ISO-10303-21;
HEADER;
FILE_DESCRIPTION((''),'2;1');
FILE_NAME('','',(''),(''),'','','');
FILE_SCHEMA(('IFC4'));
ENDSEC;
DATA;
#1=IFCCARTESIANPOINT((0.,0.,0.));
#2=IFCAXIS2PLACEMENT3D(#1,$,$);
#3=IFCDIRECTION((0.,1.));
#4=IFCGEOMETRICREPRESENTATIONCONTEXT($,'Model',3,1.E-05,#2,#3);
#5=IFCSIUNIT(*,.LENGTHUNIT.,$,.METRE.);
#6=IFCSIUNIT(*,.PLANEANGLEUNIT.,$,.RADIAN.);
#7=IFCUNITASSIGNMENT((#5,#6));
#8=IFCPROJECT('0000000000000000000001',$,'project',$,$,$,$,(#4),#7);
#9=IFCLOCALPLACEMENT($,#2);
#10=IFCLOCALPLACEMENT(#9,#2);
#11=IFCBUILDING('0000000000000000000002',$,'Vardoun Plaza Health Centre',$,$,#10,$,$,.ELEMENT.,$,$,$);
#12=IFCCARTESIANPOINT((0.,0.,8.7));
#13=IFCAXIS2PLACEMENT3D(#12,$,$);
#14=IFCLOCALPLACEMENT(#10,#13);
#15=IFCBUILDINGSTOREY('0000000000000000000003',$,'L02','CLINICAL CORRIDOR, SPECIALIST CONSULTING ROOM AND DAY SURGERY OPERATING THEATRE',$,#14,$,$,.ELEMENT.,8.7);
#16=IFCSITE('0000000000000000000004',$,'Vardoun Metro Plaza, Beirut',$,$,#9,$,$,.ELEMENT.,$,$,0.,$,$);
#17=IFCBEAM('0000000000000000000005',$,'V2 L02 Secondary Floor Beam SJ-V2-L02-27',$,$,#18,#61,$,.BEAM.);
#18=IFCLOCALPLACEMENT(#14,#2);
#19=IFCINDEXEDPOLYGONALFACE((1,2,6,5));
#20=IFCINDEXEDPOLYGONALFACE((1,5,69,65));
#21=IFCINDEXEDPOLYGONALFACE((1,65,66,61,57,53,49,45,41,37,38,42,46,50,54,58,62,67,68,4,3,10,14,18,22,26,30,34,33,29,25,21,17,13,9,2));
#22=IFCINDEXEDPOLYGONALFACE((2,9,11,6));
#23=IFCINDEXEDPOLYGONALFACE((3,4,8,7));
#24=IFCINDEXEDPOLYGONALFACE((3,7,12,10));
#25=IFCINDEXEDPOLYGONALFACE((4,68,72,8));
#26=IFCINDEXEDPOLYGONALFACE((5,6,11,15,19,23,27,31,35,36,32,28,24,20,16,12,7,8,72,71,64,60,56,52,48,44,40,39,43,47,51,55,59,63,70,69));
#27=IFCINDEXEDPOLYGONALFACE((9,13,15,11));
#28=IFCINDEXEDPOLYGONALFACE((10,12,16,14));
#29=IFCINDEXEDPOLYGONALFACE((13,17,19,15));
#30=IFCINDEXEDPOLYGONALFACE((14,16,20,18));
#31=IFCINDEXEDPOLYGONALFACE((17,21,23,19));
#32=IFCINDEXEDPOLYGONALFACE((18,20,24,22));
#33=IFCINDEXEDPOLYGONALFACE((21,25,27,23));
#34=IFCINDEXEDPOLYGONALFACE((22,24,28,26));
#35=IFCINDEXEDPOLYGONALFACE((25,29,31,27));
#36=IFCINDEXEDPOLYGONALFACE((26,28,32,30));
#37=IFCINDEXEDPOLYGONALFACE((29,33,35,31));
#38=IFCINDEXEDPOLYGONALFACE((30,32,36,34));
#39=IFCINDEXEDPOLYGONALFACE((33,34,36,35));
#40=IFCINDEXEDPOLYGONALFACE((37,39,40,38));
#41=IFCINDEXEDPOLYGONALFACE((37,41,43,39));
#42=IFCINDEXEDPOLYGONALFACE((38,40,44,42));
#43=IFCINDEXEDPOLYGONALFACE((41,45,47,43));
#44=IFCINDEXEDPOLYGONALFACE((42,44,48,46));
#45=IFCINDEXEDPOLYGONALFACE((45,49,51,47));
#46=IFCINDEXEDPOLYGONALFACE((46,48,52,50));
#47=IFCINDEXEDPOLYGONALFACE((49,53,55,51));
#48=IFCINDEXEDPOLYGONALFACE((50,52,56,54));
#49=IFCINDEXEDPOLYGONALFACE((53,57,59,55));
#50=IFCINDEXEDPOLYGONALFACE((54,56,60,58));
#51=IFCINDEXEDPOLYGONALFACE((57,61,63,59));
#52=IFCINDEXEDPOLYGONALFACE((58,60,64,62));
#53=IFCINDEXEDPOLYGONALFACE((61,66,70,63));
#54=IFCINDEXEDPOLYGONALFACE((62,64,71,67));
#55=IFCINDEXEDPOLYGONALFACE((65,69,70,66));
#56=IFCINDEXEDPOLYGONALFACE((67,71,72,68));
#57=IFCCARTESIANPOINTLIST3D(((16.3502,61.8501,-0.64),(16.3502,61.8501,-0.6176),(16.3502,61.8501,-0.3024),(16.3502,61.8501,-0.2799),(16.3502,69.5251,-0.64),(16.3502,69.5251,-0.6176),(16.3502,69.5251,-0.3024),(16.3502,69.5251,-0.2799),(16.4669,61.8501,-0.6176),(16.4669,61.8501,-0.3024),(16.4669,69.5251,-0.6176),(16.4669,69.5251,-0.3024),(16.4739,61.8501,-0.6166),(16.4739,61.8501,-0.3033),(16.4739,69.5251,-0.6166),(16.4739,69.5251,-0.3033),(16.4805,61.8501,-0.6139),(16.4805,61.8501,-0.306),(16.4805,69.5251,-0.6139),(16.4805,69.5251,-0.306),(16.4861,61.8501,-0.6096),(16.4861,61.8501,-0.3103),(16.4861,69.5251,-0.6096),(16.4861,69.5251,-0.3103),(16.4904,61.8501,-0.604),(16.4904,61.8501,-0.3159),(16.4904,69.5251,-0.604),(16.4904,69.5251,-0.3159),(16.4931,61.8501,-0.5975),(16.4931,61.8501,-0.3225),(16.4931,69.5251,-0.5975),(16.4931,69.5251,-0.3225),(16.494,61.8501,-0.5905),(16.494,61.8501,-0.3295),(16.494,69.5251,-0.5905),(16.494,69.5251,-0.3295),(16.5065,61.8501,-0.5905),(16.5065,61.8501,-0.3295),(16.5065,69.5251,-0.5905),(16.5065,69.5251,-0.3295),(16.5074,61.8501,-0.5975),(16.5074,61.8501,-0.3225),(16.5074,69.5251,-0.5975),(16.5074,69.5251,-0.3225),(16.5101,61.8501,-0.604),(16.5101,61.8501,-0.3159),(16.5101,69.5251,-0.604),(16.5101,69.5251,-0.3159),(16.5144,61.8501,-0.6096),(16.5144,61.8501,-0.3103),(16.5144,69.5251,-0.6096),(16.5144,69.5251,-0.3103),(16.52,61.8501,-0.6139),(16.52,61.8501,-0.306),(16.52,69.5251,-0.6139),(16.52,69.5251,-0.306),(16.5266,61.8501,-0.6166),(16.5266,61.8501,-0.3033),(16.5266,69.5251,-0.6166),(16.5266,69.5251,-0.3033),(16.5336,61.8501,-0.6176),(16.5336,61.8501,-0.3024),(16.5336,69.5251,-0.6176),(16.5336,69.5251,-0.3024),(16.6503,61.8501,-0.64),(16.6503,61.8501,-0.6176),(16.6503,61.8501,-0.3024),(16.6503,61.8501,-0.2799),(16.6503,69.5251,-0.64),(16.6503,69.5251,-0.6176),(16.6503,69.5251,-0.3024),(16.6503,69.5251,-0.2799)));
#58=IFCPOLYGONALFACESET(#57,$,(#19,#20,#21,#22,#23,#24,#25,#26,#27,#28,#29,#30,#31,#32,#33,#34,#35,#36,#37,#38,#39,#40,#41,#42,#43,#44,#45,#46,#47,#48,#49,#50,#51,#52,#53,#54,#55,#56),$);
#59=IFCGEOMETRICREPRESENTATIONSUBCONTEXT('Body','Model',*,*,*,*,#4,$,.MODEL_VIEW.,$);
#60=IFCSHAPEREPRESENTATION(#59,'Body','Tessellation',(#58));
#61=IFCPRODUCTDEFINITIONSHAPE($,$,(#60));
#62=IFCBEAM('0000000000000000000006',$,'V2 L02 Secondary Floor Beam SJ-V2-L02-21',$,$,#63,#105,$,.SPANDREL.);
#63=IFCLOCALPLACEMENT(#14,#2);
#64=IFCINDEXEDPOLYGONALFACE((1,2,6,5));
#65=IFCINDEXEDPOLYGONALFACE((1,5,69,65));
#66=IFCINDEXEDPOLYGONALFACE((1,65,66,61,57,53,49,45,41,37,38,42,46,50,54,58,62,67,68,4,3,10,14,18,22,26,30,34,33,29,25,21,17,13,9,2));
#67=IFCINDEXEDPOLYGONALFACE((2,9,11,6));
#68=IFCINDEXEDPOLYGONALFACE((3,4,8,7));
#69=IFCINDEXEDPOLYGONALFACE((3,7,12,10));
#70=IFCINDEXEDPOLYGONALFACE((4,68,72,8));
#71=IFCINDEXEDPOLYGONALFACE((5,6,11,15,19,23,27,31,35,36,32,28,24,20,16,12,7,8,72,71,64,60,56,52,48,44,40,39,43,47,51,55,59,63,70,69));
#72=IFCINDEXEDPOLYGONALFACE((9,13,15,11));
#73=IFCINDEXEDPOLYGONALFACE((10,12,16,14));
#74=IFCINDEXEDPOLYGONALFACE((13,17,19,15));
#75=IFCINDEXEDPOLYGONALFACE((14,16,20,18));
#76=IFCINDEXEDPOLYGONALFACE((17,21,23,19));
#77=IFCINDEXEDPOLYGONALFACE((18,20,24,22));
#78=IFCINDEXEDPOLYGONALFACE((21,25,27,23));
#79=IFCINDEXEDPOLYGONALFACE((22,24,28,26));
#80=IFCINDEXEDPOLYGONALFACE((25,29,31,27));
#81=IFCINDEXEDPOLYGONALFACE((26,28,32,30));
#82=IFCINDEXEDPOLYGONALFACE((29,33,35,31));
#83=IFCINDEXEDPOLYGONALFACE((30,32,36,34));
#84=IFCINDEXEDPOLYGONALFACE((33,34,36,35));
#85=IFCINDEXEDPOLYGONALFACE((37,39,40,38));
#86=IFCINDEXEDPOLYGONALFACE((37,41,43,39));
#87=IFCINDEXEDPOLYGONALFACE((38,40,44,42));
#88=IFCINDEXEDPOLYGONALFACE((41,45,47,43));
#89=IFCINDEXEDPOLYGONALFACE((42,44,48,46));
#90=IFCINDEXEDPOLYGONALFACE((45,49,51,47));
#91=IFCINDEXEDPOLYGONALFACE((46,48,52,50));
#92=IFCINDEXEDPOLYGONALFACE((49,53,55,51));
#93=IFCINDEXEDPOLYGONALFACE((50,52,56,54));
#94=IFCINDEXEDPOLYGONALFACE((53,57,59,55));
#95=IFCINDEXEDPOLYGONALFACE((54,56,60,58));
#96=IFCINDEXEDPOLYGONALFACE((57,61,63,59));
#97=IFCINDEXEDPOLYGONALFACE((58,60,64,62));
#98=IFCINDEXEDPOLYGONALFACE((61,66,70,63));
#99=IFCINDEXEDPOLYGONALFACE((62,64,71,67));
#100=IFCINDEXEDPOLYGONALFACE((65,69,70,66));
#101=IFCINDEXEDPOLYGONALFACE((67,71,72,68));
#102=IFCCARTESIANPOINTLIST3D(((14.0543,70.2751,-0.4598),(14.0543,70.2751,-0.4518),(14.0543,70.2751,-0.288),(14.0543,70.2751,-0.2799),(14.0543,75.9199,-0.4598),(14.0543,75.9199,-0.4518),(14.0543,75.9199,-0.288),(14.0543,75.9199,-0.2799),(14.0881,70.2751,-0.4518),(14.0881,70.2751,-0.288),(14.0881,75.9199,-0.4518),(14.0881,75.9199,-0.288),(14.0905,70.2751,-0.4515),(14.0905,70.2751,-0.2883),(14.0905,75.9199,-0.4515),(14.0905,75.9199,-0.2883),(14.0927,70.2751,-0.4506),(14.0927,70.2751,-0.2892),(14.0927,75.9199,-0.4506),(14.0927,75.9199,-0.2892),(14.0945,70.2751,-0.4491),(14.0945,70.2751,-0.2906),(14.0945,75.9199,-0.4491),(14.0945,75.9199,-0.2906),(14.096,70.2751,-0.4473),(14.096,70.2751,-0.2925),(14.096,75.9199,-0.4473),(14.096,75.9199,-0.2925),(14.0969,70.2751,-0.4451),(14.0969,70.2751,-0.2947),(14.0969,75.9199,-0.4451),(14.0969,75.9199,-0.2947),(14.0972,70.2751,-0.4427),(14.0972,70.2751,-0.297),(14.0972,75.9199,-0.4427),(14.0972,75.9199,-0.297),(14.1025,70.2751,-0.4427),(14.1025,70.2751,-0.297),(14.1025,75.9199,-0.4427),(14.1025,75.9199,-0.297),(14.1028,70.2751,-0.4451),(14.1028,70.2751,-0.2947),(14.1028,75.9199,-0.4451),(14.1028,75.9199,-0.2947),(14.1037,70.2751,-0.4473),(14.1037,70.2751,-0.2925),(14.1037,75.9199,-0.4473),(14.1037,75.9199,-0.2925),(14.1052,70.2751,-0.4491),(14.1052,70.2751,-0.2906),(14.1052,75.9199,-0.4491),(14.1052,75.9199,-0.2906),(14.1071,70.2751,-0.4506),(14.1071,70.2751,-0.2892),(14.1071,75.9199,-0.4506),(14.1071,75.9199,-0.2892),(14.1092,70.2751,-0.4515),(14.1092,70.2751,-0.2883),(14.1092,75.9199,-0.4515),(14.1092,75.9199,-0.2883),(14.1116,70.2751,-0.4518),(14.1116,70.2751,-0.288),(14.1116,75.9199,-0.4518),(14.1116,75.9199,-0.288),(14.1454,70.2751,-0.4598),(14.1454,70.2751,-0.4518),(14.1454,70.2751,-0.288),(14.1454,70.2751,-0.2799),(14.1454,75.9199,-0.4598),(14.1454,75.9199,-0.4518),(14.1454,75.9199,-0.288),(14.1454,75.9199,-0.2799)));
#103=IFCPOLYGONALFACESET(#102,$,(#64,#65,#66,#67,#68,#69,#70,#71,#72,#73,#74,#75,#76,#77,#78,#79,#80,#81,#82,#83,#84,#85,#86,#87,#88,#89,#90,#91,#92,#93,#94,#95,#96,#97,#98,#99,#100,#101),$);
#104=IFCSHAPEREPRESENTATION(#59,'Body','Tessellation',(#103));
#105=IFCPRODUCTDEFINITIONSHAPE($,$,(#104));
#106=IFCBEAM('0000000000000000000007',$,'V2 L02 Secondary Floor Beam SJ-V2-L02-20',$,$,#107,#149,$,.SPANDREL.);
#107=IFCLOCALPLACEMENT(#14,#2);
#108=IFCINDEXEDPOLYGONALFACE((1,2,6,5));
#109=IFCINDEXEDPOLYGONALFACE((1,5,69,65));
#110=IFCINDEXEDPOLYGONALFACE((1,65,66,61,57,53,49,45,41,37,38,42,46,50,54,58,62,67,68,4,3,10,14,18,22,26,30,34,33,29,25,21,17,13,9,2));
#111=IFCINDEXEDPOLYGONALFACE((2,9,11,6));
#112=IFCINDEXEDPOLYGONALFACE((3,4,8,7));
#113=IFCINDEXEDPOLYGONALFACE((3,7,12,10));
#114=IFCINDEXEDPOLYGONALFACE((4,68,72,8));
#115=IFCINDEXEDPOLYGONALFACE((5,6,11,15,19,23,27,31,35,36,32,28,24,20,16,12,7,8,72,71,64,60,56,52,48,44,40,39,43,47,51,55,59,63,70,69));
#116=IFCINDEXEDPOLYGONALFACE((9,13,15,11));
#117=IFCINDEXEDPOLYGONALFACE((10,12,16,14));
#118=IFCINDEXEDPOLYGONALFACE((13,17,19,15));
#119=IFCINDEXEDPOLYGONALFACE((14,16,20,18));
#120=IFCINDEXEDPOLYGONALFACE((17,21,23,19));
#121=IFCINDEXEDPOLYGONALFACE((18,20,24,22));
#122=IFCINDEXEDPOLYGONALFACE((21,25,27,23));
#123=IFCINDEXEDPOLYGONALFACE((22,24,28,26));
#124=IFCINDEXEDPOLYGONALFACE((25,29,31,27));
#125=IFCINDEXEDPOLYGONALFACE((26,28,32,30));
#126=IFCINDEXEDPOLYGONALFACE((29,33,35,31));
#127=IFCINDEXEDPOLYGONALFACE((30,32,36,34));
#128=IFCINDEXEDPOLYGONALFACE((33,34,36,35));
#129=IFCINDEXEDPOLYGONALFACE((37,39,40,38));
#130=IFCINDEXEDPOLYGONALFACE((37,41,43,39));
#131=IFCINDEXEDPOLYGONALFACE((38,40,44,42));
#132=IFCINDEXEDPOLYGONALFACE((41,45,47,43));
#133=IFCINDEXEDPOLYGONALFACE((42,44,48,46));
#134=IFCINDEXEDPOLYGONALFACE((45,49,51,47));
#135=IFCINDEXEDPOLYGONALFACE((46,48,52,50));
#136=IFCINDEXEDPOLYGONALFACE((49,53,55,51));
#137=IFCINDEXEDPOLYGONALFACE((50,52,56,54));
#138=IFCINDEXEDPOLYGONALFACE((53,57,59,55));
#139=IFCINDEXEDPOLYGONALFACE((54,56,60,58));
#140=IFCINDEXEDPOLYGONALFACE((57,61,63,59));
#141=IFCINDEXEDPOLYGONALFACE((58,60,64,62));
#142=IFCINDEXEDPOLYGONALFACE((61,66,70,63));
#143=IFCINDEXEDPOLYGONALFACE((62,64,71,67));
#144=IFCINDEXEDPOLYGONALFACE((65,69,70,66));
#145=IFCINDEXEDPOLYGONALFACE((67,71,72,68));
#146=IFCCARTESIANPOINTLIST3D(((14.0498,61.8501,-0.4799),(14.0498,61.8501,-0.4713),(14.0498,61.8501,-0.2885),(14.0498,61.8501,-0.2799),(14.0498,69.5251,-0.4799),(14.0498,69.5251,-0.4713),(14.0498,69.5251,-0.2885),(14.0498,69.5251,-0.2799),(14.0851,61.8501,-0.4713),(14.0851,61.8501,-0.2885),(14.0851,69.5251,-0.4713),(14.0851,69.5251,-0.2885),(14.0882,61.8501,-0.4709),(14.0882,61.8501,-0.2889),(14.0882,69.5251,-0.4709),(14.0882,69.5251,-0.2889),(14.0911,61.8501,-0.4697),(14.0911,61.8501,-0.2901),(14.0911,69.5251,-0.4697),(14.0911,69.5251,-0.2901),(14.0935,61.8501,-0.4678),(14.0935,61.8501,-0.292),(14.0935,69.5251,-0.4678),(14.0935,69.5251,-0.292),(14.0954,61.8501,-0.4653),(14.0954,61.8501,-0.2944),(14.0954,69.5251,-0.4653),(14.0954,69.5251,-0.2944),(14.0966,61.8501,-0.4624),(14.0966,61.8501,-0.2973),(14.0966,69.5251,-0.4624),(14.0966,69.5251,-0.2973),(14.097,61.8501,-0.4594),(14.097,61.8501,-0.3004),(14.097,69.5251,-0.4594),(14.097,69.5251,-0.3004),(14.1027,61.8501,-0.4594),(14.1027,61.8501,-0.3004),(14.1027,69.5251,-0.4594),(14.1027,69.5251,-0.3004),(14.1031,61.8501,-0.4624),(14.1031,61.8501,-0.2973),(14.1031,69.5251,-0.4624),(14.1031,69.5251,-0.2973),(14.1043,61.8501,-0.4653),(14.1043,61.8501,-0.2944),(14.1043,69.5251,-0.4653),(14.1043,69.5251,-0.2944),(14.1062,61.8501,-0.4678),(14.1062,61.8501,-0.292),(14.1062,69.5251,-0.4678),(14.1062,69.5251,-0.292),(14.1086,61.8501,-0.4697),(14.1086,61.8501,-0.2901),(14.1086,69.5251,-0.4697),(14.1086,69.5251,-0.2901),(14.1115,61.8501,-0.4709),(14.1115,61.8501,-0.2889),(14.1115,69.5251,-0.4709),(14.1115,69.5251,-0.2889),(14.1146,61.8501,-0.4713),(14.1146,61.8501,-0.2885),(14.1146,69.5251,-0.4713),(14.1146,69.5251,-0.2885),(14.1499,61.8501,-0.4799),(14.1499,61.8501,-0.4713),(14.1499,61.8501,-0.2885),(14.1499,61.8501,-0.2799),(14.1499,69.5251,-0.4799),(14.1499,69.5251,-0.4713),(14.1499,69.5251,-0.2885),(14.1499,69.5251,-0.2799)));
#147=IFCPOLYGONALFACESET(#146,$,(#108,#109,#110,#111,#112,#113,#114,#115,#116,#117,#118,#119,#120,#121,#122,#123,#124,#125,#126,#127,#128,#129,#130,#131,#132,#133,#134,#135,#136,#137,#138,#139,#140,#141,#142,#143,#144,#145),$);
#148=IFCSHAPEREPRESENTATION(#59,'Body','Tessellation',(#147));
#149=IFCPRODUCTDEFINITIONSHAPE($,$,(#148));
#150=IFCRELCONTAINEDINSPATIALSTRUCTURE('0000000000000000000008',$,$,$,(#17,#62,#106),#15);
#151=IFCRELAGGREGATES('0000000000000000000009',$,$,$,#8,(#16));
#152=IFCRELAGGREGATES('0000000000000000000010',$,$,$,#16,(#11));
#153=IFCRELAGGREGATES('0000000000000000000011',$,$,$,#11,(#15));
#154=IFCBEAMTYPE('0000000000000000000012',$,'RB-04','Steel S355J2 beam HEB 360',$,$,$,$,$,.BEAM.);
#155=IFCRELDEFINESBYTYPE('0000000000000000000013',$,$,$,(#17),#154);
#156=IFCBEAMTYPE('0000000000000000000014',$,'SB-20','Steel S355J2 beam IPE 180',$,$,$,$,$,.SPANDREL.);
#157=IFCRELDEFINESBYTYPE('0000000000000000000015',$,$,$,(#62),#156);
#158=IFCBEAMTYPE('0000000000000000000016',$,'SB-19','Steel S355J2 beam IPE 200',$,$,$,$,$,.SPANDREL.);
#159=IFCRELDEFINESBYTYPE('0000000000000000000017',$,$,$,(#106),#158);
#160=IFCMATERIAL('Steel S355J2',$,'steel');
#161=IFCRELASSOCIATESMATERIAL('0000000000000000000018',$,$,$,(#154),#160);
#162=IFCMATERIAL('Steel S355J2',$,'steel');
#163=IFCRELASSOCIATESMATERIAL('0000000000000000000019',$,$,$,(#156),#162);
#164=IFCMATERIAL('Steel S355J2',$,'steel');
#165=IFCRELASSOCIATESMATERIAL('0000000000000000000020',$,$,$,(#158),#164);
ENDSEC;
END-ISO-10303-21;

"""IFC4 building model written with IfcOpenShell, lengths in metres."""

from ifc_helpers import new_model, si_unit, direction, frame, origin, origin_2d, place, context, subcontext, project, spatial, i_section, extrude, material, material_profile, profile_set, type_object, element, save


model = new_model("IFC4")

# Units and contexts
model_context = context("Model", 3, precision=1e-05, world=origin(), true_north=direction((0.0, 1.0)))
body_context = subcontext(model_context, "Body", "Model", "MODEL_VIEW")
ifc_project = project(units=[si_unit("LENGTHUNIT", "METRE"), si_unit("PLANEANGLEUNIT", "RADIAN")], contexts=[model_context])

# Site, building, storey
site_placement = place(None, origin())
site = spatial("IfcSite", under=ifc_project, at=site_placement, Name="Vardoun Metro Plaza, Beirut", CompositionType="ELEMENT", RefElevation=0.0)
building_placement = place(site_placement, origin())
building = spatial("IfcBuilding", under=site, at=building_placement, Name="Vardoun Plaza Health Centre", CompositionType="ELEMENT")
storey_placement = place(building_placement, frame((0.0, 0.0, 8.7)))
storey = spatial("IfcBuildingStorey", under=building, at=storey_placement, Name="L02", Description="CLINICAL CORRIDOR, SPECIALIST CONSULTING ROOM AND DAY SURGERY OPERATING THEATRE", CompositionType="ELEMENT", Elevation=8.7)

# Beams
ifc_material_1 = material(Name="Steel S355J2", Category="steel")
ifc_material_profile_1 = material_profile(ifc_material_1, i_section(OverallWidth=0.3, OverallDepth=0.3601, WebThickness=0.0125, FlangeThickness=0.0225, FilletRadius=0.0271, at=origin_2d()), Name="HEB 360")
ifc_profile_set_1 = profile_set([ifc_material_profile_1], Name="Steel S355J2")
beam_type_1 = type_object("IfcBeamType", Name="RB-04", Description="Steel S355J2 beam HEB 360", PredefinedType="BEAM", material=ifc_profile_set_1)
beam_1_placement = place(storey_placement, frame((16.5002, 61.8501, -0.46), z_axis=(0.0, 1.0, 0.0), x_axis=(-1.0, 0.0, 0.0)))
element("IfcBeam", 1, at=beam_1_placement, inside=storey, type_object=beam_type_1, Name="V2 L02 Secondary Floor Beam SJ-V2-L02-27", PredefinedType="BEAM", context=body_context, shape_type="SweptSolid", body=[
    extrude(i_section(OverallWidth=0.3, OverallDepth=0.3601, WebThickness=0.0125, FlangeThickness=0.0225, FilletRadius=0.0271, at=origin_2d()), origin(), (0.0, 0.0, 1.0), 7.675),
])
ifc_material_2 = material(Name="Steel S355J2", Category="steel")
ifc_material_profile_2 = material_profile(ifc_material_2, i_section(OverallWidth=0.0911, OverallDepth=0.1799, WebThickness=0.0054, FlangeThickness=0.0081, FilletRadius=0.009, at=origin_2d()), Name="IPE 180")
ifc_profile_set_2 = profile_set([ifc_material_profile_2], Name="Steel S355J2")
beam_type_2 = type_object("IfcBeamType", Name="SB-20", Description="Steel S355J2 beam IPE 180", PredefinedType="SPANDREL", material=ifc_profile_set_2)
beam_2_placement = place(storey_placement, frame((14.0999, 70.2751, -0.3699), z_axis=(0.0, 1.0, 0.0), x_axis=(-1.0, 0.0, 0.0)))
element("IfcBeam", 2, at=beam_2_placement, inside=storey, type_object=beam_type_2, Name="V2 L02 Secondary Floor Beam SJ-V2-L02-21", PredefinedType="SPANDREL", context=body_context, shape_type="SweptSolid", body=[
    extrude(i_section(OverallWidth=0.0911, OverallDepth=0.1799, WebThickness=0.0054, FlangeThickness=0.0081, FilletRadius=0.009, at=origin_2d()), origin(), (0.0, 0.0, 1.0), 5.6448),
])
ifc_material_3 = material(Name="Steel S355J2", Category="steel")
ifc_material_profile_3 = material_profile(ifc_material_3, i_section(OverallWidth=0.1001, OverallDepth=0.2, WebThickness=0.0056, FlangeThickness=0.0085, FilletRadius=0.012, at=origin_2d()), Name="IPE 200")
ifc_profile_set_3 = profile_set([ifc_material_profile_3], Name="Steel S355J2")
beam_type_3 = type_object("IfcBeamType", Name="SB-19", Description="Steel S355J2 beam IPE 200", PredefinedType="SPANDREL", material=ifc_profile_set_3)
beam_3_placement = place(storey_placement, frame((14.0999, 61.8501, -0.3799), z_axis=(0.0, 1.0, 0.0), x_axis=(-1.0, 0.0, 0.0)))
element("IfcBeam", 3, at=beam_3_placement, inside=storey, type_object=beam_type_3, Name="V2 L02 Secondary Floor Beam SJ-V2-L02-20", PredefinedType="SPANDREL", context=body_context, shape_type="SweptSolid", body=[
    extrude(i_section(OverallWidth=0.1001, OverallDepth=0.2, WebThickness=0.0056, FlangeThickness=0.0085, FilletRadius=0.012, at=origin_2d()), origin(), (0.0, 0.0, 1.0), 7.675),
])

save(model, "model.ifc")
